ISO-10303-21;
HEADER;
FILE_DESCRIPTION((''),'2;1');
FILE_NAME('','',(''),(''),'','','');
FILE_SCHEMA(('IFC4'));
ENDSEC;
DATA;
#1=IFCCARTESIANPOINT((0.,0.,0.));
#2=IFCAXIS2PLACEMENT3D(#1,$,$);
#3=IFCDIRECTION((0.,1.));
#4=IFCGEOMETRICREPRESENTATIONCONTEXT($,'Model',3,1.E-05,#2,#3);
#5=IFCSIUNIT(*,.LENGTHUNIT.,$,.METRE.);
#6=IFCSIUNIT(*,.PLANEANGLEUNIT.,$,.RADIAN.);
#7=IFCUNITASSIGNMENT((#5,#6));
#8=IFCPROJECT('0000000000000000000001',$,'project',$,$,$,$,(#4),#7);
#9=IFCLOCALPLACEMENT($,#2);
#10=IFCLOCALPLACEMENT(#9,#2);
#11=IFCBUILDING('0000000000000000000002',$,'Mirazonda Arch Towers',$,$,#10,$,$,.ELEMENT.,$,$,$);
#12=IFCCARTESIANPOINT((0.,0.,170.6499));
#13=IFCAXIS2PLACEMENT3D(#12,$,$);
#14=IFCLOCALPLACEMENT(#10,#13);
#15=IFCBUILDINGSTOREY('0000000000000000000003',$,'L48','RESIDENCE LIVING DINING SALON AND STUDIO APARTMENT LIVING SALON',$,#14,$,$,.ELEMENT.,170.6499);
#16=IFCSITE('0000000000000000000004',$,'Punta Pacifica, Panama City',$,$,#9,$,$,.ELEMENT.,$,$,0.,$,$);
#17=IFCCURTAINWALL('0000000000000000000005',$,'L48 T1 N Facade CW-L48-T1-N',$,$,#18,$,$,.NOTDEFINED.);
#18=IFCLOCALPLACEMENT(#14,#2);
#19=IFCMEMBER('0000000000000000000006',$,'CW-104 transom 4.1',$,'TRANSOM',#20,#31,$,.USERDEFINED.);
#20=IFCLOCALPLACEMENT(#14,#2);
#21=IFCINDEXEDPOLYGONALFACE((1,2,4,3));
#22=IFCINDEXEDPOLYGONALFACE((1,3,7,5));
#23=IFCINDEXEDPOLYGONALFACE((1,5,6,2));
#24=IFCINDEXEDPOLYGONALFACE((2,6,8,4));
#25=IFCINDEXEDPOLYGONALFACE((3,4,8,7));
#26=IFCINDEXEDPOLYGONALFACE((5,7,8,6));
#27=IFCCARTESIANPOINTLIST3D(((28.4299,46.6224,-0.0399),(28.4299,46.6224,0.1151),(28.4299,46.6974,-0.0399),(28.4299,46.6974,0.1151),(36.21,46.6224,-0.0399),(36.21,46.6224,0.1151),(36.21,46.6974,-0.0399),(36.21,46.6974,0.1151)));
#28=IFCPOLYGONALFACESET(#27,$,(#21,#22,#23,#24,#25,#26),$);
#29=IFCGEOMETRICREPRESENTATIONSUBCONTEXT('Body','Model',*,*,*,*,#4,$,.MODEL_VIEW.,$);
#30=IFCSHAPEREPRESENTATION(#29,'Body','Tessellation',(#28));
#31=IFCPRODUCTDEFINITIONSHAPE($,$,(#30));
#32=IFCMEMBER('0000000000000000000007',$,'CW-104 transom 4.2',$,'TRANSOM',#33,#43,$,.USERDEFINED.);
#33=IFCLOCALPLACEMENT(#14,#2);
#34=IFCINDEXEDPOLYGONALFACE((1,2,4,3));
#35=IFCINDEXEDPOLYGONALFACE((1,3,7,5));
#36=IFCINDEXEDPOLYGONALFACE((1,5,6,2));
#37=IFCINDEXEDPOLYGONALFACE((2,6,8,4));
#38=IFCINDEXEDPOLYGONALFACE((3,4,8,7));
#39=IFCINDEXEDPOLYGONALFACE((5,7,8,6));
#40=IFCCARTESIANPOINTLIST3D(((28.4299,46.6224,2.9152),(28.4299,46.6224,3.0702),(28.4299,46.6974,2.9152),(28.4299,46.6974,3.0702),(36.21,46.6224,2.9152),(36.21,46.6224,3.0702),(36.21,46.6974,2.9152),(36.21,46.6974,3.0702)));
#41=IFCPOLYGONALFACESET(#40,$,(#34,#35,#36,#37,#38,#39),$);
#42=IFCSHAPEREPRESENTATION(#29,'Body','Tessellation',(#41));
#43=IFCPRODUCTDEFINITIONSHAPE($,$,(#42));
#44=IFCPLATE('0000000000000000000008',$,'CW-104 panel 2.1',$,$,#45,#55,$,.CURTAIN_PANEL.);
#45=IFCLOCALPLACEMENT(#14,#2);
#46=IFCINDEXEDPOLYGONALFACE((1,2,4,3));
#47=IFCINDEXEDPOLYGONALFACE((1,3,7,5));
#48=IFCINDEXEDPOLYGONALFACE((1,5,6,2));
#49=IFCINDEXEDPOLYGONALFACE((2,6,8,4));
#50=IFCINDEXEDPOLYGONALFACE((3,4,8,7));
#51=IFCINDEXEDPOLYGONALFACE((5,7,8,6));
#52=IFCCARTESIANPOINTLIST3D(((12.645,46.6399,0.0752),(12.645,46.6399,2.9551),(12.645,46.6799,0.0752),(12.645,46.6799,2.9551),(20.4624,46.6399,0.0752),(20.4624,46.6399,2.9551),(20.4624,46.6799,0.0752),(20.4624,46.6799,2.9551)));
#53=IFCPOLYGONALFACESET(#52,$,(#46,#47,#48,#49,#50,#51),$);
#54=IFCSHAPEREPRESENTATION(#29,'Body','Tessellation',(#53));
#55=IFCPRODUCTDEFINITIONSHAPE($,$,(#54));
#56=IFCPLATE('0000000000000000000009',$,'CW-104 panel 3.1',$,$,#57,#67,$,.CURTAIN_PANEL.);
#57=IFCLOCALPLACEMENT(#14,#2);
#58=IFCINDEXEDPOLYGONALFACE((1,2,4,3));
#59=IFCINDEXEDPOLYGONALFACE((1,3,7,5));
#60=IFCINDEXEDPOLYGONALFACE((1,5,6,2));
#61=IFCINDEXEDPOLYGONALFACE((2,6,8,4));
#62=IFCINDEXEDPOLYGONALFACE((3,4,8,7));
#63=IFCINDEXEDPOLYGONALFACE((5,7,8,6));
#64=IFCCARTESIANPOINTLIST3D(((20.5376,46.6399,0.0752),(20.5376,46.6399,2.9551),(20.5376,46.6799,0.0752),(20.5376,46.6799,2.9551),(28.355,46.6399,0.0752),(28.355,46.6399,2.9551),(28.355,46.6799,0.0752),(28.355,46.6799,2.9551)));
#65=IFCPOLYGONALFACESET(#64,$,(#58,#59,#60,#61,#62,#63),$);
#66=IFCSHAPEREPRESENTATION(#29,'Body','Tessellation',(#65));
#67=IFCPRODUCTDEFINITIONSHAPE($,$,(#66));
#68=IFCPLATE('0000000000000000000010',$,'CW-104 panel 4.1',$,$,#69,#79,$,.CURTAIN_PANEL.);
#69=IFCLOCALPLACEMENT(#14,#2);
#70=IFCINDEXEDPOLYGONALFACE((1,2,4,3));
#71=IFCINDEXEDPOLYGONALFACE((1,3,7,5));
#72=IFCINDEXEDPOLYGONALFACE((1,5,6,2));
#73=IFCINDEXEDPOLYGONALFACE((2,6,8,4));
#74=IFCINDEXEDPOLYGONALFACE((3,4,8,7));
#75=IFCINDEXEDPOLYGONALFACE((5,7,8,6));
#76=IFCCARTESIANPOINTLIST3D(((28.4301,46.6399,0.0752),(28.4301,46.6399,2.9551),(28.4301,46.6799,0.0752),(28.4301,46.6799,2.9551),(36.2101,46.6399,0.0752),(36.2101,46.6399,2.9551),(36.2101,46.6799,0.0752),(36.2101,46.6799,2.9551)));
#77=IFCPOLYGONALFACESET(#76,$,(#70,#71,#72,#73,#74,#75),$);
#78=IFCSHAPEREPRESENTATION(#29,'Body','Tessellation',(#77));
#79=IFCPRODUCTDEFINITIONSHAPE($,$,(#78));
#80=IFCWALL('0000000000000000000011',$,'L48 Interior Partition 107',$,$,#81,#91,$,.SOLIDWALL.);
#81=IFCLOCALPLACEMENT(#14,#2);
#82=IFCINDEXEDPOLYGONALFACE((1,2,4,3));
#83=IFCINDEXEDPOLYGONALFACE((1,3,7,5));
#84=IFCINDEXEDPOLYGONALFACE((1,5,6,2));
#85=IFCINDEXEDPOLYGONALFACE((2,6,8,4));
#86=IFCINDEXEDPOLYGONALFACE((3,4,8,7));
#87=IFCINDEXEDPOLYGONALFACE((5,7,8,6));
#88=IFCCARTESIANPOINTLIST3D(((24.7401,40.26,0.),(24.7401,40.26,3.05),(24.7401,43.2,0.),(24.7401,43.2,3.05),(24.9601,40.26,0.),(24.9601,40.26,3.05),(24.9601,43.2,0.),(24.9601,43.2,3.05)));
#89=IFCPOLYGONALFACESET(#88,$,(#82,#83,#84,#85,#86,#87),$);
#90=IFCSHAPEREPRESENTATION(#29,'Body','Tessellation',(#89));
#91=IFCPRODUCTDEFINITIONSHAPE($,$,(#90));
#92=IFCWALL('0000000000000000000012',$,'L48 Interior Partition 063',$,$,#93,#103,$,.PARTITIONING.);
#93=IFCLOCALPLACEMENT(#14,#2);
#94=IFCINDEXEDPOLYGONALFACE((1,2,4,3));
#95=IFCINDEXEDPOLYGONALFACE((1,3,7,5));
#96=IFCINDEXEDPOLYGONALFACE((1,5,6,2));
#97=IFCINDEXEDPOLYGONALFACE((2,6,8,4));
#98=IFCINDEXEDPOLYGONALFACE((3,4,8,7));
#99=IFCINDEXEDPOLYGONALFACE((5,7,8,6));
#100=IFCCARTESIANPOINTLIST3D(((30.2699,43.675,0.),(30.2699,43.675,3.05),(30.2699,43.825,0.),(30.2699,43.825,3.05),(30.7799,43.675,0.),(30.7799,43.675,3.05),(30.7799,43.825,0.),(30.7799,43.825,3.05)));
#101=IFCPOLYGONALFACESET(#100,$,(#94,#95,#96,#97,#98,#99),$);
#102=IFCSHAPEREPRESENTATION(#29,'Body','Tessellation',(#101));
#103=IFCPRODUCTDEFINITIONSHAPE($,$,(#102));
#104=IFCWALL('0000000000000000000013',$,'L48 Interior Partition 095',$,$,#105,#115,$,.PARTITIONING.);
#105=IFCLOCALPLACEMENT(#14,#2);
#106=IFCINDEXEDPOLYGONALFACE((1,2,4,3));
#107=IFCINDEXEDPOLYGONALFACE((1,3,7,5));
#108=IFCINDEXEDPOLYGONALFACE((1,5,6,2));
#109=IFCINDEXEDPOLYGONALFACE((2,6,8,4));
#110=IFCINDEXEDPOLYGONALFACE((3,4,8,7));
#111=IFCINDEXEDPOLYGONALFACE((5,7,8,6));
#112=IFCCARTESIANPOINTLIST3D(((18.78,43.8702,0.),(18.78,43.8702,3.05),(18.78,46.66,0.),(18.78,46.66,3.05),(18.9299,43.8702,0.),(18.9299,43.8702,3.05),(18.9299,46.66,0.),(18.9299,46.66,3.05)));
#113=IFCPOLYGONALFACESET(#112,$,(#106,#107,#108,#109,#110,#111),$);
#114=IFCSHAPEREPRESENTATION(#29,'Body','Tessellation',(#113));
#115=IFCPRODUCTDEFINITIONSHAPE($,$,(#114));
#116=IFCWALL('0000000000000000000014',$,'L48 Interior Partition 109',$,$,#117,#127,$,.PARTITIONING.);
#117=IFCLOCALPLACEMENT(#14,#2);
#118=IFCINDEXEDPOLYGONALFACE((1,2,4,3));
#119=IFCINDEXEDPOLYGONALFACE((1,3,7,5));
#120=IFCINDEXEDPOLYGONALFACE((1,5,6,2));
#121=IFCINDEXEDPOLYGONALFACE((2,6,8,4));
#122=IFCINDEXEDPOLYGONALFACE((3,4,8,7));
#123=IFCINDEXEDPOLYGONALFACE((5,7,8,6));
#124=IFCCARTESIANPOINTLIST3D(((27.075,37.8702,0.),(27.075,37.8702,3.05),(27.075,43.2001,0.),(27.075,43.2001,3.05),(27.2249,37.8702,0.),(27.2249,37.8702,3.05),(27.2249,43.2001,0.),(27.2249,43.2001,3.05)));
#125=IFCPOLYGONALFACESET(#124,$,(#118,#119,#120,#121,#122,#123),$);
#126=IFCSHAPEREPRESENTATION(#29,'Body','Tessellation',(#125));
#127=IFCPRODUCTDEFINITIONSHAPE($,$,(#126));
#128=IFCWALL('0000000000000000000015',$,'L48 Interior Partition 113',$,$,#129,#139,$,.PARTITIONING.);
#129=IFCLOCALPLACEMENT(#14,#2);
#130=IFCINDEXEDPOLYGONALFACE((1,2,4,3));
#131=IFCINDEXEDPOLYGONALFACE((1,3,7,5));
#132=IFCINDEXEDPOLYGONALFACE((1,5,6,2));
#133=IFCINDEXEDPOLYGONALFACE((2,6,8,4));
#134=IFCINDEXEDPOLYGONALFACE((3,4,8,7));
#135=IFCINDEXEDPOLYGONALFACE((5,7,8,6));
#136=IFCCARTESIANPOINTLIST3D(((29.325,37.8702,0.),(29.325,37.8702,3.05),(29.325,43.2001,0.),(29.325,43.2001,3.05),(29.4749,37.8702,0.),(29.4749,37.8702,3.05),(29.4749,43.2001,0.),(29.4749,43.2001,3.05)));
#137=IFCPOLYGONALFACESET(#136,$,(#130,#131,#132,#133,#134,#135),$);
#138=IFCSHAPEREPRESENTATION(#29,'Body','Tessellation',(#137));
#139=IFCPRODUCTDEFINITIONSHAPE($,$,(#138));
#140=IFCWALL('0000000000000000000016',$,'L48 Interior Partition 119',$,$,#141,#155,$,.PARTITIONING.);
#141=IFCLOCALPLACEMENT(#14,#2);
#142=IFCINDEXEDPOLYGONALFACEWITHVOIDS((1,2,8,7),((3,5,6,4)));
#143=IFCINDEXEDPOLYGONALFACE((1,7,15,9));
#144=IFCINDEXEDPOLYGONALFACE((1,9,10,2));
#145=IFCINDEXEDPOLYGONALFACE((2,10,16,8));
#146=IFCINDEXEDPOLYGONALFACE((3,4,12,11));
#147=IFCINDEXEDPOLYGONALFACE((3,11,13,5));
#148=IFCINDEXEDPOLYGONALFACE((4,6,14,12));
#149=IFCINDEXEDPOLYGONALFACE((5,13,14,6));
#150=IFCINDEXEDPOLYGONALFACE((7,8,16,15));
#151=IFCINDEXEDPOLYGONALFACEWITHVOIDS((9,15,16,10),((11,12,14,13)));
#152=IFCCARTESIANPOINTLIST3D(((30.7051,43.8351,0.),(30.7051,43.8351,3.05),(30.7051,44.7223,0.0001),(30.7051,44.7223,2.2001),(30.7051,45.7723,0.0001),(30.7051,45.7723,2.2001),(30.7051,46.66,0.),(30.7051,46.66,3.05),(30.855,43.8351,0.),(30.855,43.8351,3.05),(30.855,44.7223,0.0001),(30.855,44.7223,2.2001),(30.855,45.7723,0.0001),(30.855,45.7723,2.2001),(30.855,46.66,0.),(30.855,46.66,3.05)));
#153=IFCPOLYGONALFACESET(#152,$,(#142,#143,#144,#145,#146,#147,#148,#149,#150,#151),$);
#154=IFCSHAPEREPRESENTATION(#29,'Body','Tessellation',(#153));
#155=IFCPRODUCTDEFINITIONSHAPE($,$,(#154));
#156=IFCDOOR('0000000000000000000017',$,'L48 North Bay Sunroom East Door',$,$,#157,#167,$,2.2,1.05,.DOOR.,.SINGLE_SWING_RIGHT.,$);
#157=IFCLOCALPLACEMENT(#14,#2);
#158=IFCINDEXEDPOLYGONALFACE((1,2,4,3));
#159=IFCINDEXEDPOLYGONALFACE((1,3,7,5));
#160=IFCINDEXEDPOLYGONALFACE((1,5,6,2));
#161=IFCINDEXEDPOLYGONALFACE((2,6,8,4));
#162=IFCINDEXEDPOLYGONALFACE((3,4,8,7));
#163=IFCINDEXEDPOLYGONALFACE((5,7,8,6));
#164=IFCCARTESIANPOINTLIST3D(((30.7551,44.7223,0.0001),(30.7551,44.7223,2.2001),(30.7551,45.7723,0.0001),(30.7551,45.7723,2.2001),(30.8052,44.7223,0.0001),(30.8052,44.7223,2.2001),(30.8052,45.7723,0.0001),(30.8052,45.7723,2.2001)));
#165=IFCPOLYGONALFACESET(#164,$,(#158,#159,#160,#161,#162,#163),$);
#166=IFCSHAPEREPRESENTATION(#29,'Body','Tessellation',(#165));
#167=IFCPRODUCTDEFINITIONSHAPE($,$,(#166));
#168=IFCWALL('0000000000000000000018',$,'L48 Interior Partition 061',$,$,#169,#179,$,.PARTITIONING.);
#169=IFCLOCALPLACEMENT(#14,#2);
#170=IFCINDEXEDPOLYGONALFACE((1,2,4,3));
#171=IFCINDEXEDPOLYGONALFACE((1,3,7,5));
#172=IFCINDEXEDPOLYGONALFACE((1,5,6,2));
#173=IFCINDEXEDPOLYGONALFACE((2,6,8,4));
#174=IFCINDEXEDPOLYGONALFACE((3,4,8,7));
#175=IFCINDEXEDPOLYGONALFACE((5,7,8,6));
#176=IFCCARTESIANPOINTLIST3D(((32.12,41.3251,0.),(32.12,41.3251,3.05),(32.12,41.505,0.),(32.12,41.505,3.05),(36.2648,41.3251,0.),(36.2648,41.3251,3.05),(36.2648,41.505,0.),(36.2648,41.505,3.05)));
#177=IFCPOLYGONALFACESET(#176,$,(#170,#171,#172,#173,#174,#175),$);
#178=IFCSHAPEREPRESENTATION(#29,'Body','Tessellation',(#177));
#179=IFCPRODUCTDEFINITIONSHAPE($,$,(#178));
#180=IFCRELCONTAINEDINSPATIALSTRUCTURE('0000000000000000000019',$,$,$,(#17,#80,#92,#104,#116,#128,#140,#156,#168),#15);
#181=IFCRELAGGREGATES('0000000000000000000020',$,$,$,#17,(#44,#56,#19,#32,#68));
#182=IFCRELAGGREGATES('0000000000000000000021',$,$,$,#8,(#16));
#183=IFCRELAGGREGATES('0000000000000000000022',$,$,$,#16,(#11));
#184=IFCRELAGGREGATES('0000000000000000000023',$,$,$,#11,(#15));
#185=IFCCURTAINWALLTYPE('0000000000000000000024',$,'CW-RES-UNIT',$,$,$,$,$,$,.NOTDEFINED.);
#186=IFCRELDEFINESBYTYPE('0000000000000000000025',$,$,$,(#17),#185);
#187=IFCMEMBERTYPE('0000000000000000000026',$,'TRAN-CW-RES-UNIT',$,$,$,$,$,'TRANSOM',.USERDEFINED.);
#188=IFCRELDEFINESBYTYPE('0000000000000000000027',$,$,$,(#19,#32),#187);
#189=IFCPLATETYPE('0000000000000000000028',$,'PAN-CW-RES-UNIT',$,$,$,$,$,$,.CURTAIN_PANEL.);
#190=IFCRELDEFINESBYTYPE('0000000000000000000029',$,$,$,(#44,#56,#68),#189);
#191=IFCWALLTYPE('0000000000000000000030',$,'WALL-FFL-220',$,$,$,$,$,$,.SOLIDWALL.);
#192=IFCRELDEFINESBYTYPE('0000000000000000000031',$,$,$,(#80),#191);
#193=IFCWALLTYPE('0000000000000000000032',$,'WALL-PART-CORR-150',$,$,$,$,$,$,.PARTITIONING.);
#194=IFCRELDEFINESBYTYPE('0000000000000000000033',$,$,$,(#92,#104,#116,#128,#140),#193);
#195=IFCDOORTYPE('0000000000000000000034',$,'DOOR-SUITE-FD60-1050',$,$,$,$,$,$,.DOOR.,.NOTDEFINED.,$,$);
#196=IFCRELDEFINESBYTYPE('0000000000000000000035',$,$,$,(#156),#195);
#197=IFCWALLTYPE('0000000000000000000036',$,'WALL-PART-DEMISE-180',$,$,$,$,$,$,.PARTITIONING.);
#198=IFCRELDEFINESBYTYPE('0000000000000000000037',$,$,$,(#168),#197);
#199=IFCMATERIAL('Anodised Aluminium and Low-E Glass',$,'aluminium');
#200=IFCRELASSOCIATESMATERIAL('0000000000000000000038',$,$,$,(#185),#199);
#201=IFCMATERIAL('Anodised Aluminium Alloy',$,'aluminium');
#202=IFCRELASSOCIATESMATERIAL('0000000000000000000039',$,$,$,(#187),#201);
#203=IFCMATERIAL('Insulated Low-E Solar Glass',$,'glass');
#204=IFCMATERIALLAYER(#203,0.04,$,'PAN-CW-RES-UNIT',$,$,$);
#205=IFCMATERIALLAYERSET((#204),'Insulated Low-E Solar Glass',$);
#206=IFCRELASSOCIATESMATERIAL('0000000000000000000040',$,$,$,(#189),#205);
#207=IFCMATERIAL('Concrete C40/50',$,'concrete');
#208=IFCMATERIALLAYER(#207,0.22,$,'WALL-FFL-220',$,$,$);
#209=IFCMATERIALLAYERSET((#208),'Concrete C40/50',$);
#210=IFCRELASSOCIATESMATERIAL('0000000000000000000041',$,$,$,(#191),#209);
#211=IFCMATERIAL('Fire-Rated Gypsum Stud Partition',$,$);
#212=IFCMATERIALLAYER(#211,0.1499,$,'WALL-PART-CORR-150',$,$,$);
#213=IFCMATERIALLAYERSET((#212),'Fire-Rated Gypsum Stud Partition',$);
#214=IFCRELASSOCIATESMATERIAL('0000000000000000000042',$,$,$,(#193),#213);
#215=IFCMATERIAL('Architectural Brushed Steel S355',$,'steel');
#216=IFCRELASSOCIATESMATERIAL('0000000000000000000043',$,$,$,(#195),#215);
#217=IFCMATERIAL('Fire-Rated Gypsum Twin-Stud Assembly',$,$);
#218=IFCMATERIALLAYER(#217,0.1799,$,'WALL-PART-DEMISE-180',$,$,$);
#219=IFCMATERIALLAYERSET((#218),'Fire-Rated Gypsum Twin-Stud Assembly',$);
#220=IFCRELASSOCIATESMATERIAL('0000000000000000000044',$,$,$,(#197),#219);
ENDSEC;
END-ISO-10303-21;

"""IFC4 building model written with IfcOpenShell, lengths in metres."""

from ifc_helpers import new_model, si_unit, direction, frame, frame_2d, origin, origin_2d, place, context, subcontext, project, spatial, rectangle, extrude, material, layer, layer_set, material_profile, profile_set, type_object, element, fill, aggregate, save


model = new_model("IFC4")

# Units and contexts
model_context = context("Model", 3, precision=1e-05, world=origin(), true_north=direction((0.0, 1.0)))
body_context = subcontext(model_context, "Body", "Model", "MODEL_VIEW")
ifc_project = project(units=[si_unit("LENGTHUNIT", "METRE"), si_unit("PLANEANGLEUNIT", "RADIAN")], contexts=[model_context])

# Site, building, storey
site_placement = place(None, origin())
site = spatial("IfcSite", under=ifc_project, at=site_placement, Name="Punta Pacifica, Panama City", CompositionType="ELEMENT", RefElevation=0.0)
building_placement = place(site_placement, origin())
building = spatial("IfcBuilding", under=site, at=building_placement, Name="Mirazonda Arch Towers", CompositionType="ELEMENT")
storey_placement = place(building_placement, frame((0.0, 0.0, 170.6499)))
storey = spatial("IfcBuildingStorey", under=building, at=storey_placement, Name="L48", Description="RESIDENCE LIVING DINING SALON AND STUDIO APARTMENT LIVING SALON", CompositionType="ELEMENT", Elevation=170.6499)

# Curtain wall, members, plates
ifc_material_1 = material(Name="Anodised Aluminium and Low-E Glass", Category="aluminium")
curtain_wall_type = type_object("IfcCurtainWallType", Name="CW-RES-UNIT", PredefinedType="NOTDEFINED", material=ifc_material_1)
curtain_wall_placement = place(storey_placement, origin())
curtain_wall = element("IfcCurtainWall", 1, at=curtain_wall_placement, inside=storey, type_object=curtain_wall_type, Name="L48 T1 N Facade CW-L48-T1-N", PredefinedType="NOTDEFINED")
ifc_material_2 = material(Name="Anodised Aluminium Alloy", Category="aluminium")
ifc_material_profile_1 = material_profile(ifc_material_2, rectangle(XDim=0.075, YDim=0.155, at=origin_2d()), Name="ALU-TRAN-75x155")
ifc_profile_set_1 = profile_set([ifc_material_profile_1], Name="Anodised Aluminium Alloy")
member_type_1 = type_object("IfcMemberType", Name="TRAN-CW-RES-UNIT", ElementType="TRANSOM", PredefinedType="USERDEFINED", material=ifc_profile_set_1)
member_1_placement = place(storey_placement, frame((28.4299, 46.6599, 0.0376), z_axis=(1.0, 0.0, 0.0), x_axis=(0.0, 1.0, 0.0)))
member_1 = element("IfcMember", 2, at=member_1_placement, type_object=member_type_1, Name="CW-104 transom 4.1", ObjectType="TRANSOM", PredefinedType="USERDEFINED", context=body_context, shape_type="SweptSolid", body=[
    extrude(rectangle(XDim=0.075, YDim=0.155, at=origin_2d()), origin(), (0.0, 0.0, 1.0), 7.78),
])
member_2_placement = place(storey_placement, frame((28.4299, 46.6599, 2.9927), z_axis=(1.0, 0.0, 0.0), x_axis=(0.0, 1.0, 0.0)))
member_2 = element("IfcMember", 3, at=member_2_placement, type_object=member_type_1, Name="CW-104 transom 4.2", ObjectType="TRANSOM", PredefinedType="USERDEFINED", context=body_context, shape_type="SweptSolid", body=[
    extrude(rectangle(XDim=0.075, YDim=0.155, at=origin_2d()), origin(), (0.0, 0.0, 1.0), 7.78),
])
ifc_material_3 = material(Name="Insulated Low-E Solar Glass", Category="glass")
ifc_layer_1 = layer(ifc_material_3, 0.04, Name="PAN-CW-RES-UNIT")
ifc_layer_set_1 = layer_set([ifc_layer_1], Name="Insulated Low-E Solar Glass")
plate_type = type_object("IfcPlateType", Name="PAN-CW-RES-UNIT", PredefinedType="CURTAIN_PANEL", material=ifc_layer_set_1)
plate_1_placement = place(storey_placement, frame((16.5537, 46.6599, 0.0752), z_axis=(0.0, 0.0, 1.0), x_axis=(1.0, 0.0, 0.0)))
plate_1 = element("IfcPlate", 4, at=plate_1_placement, type_object=plate_type, Name="CW-104 panel 2.1", PredefinedType="CURTAIN_PANEL", context=body_context, shape_type="SweptSolid", body=[
    extrude(rectangle(XDim=7.8174, YDim=0.04, at=origin_2d()), origin(), (0.0, 0.0, 1.0), 2.8799),
])
plate_2_placement = place(storey_placement, frame((24.4463, 46.6599, 0.0752), z_axis=(0.0, 0.0, 1.0), x_axis=(1.0, 0.0, 0.0)))
plate_2 = element("IfcPlate", 5, at=plate_2_placement, type_object=plate_type, Name="CW-104 panel 3.1", PredefinedType="CURTAIN_PANEL", context=body_context, shape_type="SweptSolid", body=[
    extrude(rectangle(XDim=7.8174, YDim=0.04, at=origin_2d()), origin(), (0.0, 0.0, 1.0), 2.8799),
])
plate_3_placement = place(storey_placement, frame((32.3201, 46.6599, 0.0752), z_axis=(0.0, 0.0, 1.0), x_axis=(1.0, 0.0, 0.0)))
plate_3 = element("IfcPlate", 6, at=plate_3_placement, type_object=plate_type, Name="CW-104 panel 4.1", PredefinedType="CURTAIN_PANEL", context=body_context, shape_type="SweptSolid", body=[
    extrude(rectangle(XDim=7.78, YDim=0.04, at=origin_2d()), origin(), (0.0, 0.0, 1.0), 2.8799),
])
aggregate(curtain_wall, [plate_1, plate_2, member_1, member_2, plate_3])

# Walls
ifc_material_4 = material(Name="Concrete C40/50", Category="concrete")
ifc_layer_2 = layer(ifc_material_4, 0.22, Name="WALL-FFL-220")
ifc_layer_set_2 = layer_set([ifc_layer_2], Name="Concrete C40/50")
wall_type_1 = type_object("IfcWallType", Name="WALL-FFL-220", PredefinedType="SOLIDWALL", material=ifc_layer_set_2)
wall_1_placement = place(storey_placement, frame((24.8501, 40.26, 0.0), z_axis=(0.0, 0.0, 1.0), x_axis=(0.0, 1.0, 0.0)))
element("IfcWall", 7, at=wall_1_placement, inside=storey, type_object=wall_type_1, Name="L48 Interior Partition 107", PredefinedType="SOLIDWALL", context=body_context, shape_type="SweptSolid", body=[
    extrude(rectangle(XDim=2.9399, YDim=0.22, at=frame_2d((1.47, 0.0))), origin(), (0.0, 0.0, 1.0), 3.05),
])
ifc_material_5 = material(Name="Fire-Rated Gypsum Stud Partition")
ifc_layer_3 = layer(ifc_material_5, 0.1499, Name="WALL-PART-CORR-150")
ifc_layer_set_3 = layer_set([ifc_layer_3], Name="Fire-Rated Gypsum Stud Partition")
wall_type_2 = type_object("IfcWallType", Name="WALL-PART-CORR-150", PredefinedType="PARTITIONING", material=ifc_layer_set_3)
wall_2_placement = place(storey_placement, frame((30.27, 43.75, 0.0), z_axis=(0.0, 0.0, 1.0), x_axis=(1.0, 0.0, 0.0)))
element("IfcWall", 8, at=wall_2_placement, inside=storey, type_object=wall_type_2, Name="L48 Interior Partition 063", PredefinedType="PARTITIONING", context=body_context, shape_type="SweptSolid", body=[
    extrude(rectangle(XDim=0.51, YDim=0.1499, at=frame_2d((0.2549, 0.0))), origin(), (0.0, 0.0, 1.0), 3.05),
])
wall_3_placement = place(storey_placement, frame((18.855, 43.8701, 0.0), z_axis=(0.0, 0.0, 1.0), x_axis=(0.0, 1.0, 0.0)))
element("IfcWall", 9, at=wall_3_placement, inside=storey, type_object=wall_type_2, Name="L48 Interior Partition 095", PredefinedType="PARTITIONING", context=body_context, shape_type="SweptSolid", body=[
    extrude(rectangle(XDim=2.7898, YDim=0.1499, at=frame_2d((1.395, 0.0))), origin(), (0.0, 0.0, 1.0), 3.05),
])
for number, where, z_axis, x_axis, name in (
    (10, (27.1499, 37.8701, 0.0), (0.0, 0.0, 1.0), (0.0, 1.0, 0.0), "L48 Interior Partition 109"),
    (11, (29.3999, 37.8701, 0.0), (0.0, 0.0, 1.0), (0.0, 1.0, 0.0), "L48 Interior Partition 113"),
):
    element("IfcWall", number, at=place(storey_placement, frame(where, z_axis=z_axis, x_axis=x_axis)), inside=storey, type_object=wall_type_2, Name=name, PredefinedType="PARTITIONING", context=body_context, shape_type="SweptSolid", body=[
        extrude(rectangle(XDim=5.3298, YDim=0.1499, at=frame_2d((2.665, 0.0))), origin(), (0.0, 0.0, 1.0), 3.05),
    ])

# Wall, opening, door
wall_4_placement = place(storey_placement, frame((30.78, 43.835, 0.0), z_axis=(0.0, 0.0, 1.0), x_axis=(0.0, 1.0, 0.0)))
wall_4 = element("IfcWall", 12, at=wall_4_placement, inside=storey, type_object=wall_type_2, Name="L48 Interior Partition 119", PredefinedType="PARTITIONING", context=body_context, shape_type="SweptSolid", body=[
    extrude(rectangle(XDim=2.825, YDim=0.1499, at=frame_2d((1.4126, 0.0))), origin(), (0.0, 0.0, 1.0), 3.05),
])
opening_1_placement = place(wall_4_placement, frame((0.8875, 0.0, 0.0)))
opening_1 = element("IfcOpeningElement", 13, at=opening_1_placement, cuts=wall_4, PredefinedType="OPENING", context=body_context, shape_type="SweptSolid", body=[
    extrude(rectangle(XDim=1.05, YDim=2.2, at=frame_2d((0.5249, 1.1001))), frame((0.0, 0.085, 0.0), z_axis=(0.0, -1.0, 0.0), x_axis=(1.0, 0.0, 0.0)), (0.0, 0.0, 1.0), 0.1699),
])
ifc_material_6 = material(Name="Architectural Brushed Steel S355", Category="steel")
door_type_1 = type_object("IfcDoorType", Name="DOOR-SUITE-FD60-1050", OperationType="NOTDEFINED", PredefinedType="DOOR", material=ifc_material_6)
door_1_placement = place(opening_1_placement, origin())
door_1 = element("IfcDoor", 14, at=door_1_placement, inside=storey, type_object=door_type_1, Name="L48 North Bay Sunroom East Door", OperationType="SINGLE_SWING_RIGHT", OverallHeight=2.2, OverallWidth=1.05, PredefinedType="DOOR", context=body_context, shape_type="SweptSolid", body=[
    extrude(rectangle(XDim=1.05, YDim=2.2, at=frame_2d((0.5249, 1.1001))), frame((0.0, 0.0249, 0.0), z_axis=(0.0, -1.0, 0.0), x_axis=(1.0, 0.0, 0.0)), (0.0, 0.0, 1.0), 0.05),
])
fill(opening_1, door_1)

# Wall
ifc_material_7 = material(Name="Fire-Rated Gypsum Twin-Stud Assembly")
ifc_layer_4 = layer(ifc_material_7, 0.1799, Name="WALL-PART-DEMISE-180")
ifc_layer_set_4 = layer_set([ifc_layer_4], Name="Fire-Rated Gypsum Twin-Stud Assembly")
wall_type_3 = type_object("IfcWallType", Name="WALL-PART-DEMISE-180", PredefinedType="PARTITIONING", material=ifc_layer_set_4)
wall_5_placement = place(storey_placement, frame((32.1201, 41.415, 0.0), z_axis=(0.0, 0.0, 1.0), x_axis=(1.0, 0.0, 0.0)))
element("IfcWall", 15, at=wall_5_placement, inside=storey, type_object=wall_type_3, Name="L48 Interior Partition 061", PredefinedType="PARTITIONING", context=body_context, shape_type="SweptSolid", body=[
    extrude(rectangle(XDim=4.1448, YDim=0.1799, at=frame_2d((2.0723, 0.0))), origin(), (0.0, 0.0, 1.0), 3.05),
])

save(model, "model.ifc")
